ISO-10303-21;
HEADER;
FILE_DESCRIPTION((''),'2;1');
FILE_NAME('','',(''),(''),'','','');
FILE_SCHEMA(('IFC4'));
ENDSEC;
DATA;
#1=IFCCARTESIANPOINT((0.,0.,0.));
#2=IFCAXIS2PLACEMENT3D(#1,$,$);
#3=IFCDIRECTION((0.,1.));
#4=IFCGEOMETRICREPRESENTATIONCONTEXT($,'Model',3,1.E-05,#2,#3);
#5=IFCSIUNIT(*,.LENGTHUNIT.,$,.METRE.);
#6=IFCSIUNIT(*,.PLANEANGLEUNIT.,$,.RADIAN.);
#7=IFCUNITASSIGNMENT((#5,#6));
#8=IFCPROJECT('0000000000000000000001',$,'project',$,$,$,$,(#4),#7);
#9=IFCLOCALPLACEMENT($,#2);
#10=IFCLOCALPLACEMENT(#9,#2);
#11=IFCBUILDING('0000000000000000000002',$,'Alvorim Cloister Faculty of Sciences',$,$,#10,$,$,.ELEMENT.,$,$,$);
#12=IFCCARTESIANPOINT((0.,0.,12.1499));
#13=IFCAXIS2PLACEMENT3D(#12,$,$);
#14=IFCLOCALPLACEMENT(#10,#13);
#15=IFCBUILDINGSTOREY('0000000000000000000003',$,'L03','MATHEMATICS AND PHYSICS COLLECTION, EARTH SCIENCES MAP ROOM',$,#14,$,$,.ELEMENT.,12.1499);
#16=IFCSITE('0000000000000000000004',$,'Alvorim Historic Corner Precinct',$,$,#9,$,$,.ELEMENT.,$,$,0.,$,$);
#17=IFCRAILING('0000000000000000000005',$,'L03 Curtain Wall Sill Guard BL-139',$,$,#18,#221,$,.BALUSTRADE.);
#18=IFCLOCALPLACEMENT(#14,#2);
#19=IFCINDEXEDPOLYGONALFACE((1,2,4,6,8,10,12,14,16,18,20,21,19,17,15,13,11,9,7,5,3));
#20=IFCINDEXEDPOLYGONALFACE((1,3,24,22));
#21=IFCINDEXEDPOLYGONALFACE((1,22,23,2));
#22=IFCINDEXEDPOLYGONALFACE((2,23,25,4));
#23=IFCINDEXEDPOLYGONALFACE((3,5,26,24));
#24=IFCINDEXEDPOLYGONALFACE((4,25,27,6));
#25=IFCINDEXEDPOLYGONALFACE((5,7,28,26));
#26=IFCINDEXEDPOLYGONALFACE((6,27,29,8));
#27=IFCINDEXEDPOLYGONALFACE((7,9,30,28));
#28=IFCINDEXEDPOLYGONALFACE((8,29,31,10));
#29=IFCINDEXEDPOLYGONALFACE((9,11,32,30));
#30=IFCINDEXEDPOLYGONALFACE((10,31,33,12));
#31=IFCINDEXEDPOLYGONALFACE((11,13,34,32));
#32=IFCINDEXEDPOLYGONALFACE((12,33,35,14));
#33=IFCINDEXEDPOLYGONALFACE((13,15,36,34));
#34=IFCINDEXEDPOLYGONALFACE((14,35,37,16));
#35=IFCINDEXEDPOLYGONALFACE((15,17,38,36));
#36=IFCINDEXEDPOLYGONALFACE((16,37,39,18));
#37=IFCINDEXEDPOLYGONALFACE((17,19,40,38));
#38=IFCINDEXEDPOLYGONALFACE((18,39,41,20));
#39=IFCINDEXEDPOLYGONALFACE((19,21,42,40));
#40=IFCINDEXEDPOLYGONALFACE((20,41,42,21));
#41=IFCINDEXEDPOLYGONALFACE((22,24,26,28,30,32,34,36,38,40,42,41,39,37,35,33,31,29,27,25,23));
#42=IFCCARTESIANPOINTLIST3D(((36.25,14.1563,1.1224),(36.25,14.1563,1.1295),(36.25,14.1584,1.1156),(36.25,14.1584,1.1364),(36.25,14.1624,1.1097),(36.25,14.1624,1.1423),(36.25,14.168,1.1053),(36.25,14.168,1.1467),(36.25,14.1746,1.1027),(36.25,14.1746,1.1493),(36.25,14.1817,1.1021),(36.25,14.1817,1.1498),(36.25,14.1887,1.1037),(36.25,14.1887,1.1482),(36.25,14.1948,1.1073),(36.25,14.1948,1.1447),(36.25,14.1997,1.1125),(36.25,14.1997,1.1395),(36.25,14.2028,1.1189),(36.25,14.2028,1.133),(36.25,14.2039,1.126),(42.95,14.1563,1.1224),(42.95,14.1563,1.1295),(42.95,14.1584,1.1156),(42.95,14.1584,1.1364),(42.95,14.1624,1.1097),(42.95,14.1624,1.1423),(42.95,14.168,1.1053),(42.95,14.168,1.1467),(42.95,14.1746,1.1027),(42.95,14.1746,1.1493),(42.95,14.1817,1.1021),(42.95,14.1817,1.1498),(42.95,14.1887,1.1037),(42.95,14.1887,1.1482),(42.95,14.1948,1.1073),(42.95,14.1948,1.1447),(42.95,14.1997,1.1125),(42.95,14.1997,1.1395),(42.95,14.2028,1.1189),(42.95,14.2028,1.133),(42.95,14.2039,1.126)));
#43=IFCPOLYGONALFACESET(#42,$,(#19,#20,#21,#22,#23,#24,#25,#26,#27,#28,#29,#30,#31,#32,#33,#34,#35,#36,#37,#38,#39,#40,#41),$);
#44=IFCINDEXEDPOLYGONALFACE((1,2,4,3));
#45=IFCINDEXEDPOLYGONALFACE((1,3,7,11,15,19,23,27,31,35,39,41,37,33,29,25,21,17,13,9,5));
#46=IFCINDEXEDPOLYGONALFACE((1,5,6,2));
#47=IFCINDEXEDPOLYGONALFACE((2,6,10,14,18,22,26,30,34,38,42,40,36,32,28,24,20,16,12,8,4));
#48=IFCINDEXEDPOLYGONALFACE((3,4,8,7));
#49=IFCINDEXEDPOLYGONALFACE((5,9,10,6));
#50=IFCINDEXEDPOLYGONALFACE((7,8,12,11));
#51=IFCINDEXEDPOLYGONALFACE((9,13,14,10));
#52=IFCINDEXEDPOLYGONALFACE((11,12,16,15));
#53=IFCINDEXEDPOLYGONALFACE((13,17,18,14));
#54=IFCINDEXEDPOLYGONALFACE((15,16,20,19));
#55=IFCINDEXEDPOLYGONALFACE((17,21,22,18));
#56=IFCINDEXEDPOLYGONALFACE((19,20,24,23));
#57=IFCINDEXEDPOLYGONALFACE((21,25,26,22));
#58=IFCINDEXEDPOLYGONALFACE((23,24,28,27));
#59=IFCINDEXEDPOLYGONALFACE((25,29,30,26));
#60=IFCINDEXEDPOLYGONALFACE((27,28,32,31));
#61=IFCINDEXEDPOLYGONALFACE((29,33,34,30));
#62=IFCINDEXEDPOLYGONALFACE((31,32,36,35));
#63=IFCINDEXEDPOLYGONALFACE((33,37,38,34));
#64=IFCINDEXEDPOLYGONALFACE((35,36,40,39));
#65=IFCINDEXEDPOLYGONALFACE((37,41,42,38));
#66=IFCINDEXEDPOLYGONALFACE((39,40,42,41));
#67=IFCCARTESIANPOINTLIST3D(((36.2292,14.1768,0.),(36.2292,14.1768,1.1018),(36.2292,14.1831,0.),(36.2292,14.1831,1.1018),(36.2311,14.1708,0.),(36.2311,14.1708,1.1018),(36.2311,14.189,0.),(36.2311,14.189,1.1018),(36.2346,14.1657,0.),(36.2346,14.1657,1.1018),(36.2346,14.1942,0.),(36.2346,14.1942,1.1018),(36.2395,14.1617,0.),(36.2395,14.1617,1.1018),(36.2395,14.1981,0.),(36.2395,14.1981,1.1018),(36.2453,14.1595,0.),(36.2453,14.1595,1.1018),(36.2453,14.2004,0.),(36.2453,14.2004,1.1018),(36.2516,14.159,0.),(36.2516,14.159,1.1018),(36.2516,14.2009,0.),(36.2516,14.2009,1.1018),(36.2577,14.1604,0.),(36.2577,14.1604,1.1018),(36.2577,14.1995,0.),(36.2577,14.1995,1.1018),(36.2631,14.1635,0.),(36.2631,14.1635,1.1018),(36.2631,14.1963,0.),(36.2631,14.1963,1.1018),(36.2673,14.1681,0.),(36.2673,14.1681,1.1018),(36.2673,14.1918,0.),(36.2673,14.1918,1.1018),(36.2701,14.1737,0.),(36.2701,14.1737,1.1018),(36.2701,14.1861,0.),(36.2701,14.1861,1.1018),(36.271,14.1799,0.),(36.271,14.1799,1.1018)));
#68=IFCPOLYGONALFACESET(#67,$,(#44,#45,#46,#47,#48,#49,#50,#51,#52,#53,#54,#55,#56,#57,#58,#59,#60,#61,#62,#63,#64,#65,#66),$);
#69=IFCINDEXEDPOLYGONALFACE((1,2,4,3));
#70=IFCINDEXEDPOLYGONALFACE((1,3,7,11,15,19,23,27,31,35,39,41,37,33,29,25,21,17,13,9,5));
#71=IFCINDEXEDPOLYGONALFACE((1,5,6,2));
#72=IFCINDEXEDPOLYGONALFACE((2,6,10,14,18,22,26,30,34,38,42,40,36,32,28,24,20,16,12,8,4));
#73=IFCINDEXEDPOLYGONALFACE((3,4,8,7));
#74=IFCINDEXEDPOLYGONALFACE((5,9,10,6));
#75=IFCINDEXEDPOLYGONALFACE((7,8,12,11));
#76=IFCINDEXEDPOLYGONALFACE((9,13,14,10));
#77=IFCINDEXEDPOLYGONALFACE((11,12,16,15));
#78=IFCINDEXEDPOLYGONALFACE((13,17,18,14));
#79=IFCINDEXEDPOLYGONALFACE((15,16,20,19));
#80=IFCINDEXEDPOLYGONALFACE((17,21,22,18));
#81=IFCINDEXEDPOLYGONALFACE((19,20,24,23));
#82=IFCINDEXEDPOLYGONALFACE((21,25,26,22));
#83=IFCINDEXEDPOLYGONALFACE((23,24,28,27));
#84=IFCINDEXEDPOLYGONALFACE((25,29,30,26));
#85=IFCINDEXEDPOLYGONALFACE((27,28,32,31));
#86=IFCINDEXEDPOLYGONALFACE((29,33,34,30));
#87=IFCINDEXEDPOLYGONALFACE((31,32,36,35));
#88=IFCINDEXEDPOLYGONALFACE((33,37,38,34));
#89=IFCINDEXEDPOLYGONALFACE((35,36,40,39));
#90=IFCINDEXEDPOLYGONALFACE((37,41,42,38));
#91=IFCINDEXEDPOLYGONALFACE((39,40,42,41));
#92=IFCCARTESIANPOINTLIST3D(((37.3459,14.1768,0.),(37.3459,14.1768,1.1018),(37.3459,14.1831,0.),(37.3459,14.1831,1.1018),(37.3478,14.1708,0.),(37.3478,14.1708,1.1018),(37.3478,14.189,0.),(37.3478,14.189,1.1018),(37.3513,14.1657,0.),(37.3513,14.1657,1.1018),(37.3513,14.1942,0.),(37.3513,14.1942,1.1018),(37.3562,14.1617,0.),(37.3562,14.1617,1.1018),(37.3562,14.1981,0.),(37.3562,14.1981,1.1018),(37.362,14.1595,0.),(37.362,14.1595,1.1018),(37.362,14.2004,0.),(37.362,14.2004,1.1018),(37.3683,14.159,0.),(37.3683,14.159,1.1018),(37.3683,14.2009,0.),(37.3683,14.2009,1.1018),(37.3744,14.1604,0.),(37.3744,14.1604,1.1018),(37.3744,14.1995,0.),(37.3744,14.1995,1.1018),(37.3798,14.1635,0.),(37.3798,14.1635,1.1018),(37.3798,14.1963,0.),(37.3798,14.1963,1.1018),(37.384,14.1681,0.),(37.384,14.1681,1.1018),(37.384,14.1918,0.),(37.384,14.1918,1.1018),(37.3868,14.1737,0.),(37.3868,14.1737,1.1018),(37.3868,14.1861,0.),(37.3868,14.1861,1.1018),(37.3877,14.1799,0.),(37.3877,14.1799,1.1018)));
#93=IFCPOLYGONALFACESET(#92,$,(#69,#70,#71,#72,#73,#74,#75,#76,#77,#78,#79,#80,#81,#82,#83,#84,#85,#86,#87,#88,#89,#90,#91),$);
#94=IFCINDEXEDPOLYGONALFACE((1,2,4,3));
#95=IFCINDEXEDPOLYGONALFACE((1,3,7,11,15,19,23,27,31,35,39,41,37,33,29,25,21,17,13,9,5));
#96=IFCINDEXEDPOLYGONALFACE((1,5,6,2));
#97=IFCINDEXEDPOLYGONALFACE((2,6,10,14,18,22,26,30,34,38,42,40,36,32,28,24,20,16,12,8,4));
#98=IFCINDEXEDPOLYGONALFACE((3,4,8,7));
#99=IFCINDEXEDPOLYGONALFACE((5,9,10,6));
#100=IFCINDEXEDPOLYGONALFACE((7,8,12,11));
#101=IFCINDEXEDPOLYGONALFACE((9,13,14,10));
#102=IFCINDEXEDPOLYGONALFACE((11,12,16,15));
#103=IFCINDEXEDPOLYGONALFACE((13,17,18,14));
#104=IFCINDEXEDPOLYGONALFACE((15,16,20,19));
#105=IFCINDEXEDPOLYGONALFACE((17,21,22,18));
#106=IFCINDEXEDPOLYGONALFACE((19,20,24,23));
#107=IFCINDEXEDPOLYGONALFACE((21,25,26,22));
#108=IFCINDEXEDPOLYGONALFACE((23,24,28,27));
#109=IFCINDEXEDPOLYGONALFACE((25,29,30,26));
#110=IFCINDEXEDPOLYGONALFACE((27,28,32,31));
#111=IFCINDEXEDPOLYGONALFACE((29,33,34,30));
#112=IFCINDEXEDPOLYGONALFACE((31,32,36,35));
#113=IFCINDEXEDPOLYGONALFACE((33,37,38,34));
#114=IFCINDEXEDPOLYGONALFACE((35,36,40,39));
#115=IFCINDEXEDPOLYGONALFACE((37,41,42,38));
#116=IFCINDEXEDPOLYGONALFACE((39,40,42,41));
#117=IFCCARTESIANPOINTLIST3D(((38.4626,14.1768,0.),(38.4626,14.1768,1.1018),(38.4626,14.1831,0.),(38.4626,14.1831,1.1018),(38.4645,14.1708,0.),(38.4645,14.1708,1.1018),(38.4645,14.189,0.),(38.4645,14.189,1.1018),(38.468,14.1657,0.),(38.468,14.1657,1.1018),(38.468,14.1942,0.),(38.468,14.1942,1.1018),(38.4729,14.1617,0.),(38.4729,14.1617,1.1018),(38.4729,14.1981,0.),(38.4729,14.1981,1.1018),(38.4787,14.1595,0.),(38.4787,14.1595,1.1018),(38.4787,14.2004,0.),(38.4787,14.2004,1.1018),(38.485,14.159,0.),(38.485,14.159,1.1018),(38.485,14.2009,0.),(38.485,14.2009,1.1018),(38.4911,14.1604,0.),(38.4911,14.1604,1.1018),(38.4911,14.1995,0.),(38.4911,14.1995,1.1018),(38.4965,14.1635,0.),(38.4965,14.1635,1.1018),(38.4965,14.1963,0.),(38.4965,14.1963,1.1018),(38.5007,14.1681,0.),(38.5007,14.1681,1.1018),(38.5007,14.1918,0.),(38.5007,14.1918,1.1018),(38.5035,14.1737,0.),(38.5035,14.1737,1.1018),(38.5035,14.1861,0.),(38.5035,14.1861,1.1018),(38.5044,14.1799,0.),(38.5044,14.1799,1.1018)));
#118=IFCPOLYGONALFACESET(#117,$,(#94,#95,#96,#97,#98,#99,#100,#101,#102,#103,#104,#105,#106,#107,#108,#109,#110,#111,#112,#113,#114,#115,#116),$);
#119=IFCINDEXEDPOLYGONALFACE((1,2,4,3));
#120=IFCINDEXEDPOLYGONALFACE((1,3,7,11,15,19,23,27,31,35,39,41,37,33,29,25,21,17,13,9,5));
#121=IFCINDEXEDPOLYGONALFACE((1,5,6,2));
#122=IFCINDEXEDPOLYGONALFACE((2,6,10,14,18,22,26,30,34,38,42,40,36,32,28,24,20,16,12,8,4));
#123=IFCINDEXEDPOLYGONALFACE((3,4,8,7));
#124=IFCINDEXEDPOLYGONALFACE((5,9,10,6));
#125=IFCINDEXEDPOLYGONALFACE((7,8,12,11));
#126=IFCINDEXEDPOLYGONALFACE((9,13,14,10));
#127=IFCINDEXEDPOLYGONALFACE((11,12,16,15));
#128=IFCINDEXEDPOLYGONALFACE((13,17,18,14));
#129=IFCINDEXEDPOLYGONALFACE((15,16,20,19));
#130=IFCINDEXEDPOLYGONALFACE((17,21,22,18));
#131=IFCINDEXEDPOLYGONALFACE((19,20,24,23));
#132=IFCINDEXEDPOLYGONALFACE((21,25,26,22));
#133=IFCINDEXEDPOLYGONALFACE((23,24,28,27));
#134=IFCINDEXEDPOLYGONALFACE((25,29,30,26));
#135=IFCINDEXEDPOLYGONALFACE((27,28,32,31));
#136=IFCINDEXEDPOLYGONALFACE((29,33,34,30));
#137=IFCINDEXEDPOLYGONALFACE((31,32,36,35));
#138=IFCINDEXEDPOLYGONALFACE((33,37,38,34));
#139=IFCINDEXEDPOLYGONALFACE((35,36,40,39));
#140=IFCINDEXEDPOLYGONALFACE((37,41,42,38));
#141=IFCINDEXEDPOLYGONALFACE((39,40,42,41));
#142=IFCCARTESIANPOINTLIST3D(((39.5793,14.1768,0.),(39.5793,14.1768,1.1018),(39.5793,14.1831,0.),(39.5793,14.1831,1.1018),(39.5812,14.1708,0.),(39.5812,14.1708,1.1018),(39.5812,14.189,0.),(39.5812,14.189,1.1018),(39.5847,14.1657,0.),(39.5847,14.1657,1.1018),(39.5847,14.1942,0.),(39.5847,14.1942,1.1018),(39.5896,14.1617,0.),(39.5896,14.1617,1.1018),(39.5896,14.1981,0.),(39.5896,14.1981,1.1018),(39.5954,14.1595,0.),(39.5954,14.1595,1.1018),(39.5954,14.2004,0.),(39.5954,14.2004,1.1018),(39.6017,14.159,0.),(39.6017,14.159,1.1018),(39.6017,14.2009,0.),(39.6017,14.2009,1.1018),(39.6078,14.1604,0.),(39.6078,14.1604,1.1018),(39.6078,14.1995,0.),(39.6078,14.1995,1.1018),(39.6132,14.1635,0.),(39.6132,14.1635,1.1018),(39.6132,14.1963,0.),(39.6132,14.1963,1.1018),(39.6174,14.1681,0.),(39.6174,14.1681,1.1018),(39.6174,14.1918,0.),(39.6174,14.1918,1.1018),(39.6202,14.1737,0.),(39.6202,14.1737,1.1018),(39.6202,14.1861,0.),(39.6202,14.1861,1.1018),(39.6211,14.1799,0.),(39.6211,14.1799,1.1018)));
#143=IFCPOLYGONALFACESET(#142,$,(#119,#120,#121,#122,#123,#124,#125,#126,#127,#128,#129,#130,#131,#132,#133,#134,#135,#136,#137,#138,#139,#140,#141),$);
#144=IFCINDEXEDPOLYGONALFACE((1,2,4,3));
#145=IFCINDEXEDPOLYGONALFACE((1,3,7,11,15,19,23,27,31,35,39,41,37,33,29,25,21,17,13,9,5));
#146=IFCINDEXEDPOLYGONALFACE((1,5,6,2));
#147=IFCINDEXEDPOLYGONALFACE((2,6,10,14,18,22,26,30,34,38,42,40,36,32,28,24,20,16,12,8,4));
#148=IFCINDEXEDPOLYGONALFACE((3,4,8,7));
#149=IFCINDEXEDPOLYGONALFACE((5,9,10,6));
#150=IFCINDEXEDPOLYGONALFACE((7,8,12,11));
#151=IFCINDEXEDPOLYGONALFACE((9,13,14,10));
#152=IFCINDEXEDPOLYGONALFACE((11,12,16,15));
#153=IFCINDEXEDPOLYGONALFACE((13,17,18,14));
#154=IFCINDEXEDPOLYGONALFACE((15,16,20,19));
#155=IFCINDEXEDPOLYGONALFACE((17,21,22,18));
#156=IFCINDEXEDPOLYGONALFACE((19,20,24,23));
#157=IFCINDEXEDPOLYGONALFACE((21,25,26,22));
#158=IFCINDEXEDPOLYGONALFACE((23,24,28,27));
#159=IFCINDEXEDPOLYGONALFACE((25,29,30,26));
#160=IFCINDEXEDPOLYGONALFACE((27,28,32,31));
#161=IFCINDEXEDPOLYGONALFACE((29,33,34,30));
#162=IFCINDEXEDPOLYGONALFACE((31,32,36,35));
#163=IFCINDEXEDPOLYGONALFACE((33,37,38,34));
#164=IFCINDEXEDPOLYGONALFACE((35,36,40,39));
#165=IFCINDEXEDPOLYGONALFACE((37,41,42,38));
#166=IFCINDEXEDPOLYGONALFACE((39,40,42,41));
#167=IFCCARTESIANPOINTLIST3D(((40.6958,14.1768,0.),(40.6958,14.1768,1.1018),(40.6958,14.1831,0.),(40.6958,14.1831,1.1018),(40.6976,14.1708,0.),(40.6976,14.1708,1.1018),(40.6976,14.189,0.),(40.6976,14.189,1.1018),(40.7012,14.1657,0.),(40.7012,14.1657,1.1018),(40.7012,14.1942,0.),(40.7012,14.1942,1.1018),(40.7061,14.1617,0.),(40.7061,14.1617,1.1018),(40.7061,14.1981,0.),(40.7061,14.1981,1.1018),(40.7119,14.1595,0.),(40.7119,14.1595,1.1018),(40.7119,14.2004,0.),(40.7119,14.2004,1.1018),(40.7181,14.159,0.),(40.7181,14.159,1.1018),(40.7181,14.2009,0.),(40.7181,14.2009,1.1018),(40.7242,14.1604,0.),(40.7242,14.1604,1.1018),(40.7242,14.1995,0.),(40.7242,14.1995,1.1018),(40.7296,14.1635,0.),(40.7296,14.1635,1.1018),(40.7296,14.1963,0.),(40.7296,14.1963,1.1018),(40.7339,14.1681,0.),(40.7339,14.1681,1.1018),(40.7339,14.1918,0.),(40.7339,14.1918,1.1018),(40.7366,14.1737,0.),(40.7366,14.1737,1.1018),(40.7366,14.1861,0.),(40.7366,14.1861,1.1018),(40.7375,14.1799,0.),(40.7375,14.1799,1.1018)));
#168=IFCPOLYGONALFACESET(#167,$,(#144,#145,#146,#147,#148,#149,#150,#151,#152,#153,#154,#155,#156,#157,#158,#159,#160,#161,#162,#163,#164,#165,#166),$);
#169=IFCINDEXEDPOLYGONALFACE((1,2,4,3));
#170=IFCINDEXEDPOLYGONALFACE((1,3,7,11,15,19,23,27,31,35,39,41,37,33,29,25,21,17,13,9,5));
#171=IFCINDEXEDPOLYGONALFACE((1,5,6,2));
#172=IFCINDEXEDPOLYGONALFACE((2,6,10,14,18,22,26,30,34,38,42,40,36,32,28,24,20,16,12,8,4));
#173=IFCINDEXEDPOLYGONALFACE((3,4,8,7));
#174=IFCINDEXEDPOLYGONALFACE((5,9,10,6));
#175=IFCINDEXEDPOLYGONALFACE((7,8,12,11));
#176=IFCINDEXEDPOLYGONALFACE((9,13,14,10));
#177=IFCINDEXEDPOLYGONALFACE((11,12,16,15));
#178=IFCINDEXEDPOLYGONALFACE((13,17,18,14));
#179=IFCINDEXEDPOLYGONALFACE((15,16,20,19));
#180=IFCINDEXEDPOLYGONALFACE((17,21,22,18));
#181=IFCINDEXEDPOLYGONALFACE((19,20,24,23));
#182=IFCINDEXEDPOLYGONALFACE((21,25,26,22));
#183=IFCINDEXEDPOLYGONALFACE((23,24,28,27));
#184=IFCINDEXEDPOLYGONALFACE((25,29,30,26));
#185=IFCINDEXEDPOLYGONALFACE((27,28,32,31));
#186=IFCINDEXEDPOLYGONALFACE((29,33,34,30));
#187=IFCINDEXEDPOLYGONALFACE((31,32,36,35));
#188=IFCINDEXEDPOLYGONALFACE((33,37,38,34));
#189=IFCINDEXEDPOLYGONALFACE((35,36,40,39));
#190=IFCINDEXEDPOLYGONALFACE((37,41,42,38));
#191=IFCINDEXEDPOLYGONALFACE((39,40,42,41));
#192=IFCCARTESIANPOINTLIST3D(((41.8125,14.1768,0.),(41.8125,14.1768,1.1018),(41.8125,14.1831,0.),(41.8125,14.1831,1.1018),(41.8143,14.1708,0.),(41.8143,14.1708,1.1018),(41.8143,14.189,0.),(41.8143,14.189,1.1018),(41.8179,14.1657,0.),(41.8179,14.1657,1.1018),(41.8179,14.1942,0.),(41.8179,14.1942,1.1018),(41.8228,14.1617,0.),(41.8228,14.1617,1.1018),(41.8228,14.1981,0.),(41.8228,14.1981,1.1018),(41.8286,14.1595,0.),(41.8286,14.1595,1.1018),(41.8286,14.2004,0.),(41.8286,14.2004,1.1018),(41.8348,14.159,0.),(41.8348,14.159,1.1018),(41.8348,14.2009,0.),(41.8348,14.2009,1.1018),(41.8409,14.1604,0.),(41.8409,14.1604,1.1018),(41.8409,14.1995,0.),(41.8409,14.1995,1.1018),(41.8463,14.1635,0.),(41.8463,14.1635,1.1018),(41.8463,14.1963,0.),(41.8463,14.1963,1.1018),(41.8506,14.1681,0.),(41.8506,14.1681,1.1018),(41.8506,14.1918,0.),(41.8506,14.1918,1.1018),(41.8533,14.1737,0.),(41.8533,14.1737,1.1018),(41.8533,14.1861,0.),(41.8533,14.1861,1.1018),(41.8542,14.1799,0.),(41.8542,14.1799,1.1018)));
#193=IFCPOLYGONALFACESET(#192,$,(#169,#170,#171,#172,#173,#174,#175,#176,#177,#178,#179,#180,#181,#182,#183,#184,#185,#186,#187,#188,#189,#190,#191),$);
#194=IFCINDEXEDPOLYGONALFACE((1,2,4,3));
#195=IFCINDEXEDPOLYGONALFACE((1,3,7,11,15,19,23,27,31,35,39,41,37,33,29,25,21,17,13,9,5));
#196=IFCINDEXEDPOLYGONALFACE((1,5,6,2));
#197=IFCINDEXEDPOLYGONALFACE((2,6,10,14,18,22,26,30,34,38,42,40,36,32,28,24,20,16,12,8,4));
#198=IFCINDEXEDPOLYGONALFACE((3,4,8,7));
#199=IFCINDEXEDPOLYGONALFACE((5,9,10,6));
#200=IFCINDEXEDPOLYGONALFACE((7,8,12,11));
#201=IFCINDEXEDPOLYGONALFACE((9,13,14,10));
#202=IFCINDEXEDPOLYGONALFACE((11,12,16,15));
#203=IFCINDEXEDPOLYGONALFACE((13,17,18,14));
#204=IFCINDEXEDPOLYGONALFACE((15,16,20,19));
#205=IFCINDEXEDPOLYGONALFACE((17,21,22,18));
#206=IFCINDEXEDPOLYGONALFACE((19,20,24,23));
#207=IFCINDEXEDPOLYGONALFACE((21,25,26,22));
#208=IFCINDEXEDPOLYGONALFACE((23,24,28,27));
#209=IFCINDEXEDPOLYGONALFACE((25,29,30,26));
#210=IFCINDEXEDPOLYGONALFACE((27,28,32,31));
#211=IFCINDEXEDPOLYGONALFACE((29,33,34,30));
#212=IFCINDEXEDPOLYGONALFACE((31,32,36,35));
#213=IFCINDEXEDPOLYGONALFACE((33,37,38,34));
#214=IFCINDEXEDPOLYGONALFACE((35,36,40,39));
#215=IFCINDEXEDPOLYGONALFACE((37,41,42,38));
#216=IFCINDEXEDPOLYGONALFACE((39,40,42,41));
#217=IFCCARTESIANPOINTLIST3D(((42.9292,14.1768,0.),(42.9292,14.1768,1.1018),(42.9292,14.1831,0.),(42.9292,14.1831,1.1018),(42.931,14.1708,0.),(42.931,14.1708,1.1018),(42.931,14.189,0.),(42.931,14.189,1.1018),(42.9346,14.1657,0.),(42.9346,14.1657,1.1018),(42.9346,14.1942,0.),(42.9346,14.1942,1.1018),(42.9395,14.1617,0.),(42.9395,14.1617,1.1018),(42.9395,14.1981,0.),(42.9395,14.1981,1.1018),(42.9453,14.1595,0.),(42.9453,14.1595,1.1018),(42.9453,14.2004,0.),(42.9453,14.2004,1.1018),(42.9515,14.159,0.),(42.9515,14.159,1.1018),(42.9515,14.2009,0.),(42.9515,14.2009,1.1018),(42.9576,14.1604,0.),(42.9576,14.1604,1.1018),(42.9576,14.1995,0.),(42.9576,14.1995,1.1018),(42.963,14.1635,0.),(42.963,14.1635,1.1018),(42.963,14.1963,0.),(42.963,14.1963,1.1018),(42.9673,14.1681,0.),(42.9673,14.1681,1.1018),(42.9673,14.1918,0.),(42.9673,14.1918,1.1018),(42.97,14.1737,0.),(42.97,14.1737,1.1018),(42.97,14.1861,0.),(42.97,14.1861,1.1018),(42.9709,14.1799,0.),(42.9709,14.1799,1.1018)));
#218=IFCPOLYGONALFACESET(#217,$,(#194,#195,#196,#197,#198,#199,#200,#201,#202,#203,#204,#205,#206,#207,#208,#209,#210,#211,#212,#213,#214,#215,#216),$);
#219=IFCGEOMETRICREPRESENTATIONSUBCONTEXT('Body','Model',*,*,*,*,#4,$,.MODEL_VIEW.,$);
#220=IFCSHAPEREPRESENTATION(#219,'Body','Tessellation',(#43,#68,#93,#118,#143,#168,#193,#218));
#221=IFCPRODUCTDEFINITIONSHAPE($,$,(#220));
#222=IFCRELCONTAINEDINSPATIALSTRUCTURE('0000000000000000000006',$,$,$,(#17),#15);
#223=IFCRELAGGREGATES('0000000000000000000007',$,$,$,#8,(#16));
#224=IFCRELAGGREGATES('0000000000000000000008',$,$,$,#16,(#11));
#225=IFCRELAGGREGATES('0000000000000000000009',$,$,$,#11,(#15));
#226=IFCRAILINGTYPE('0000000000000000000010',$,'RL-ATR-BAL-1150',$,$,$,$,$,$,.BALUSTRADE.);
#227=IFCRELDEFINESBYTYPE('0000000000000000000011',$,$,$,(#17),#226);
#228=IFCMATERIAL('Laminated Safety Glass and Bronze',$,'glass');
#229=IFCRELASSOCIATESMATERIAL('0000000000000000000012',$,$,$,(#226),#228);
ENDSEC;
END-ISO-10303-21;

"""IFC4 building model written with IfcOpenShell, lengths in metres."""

from ifc_helpers import new_model, si_unit, direction, frame, origin, origin_2d, place, context, subcontext, project, spatial, circle, extrude, material, type_object, element, save


model = new_model("IFC4")

# Units and contexts
model_context = context("Model", 3, precision=1e-05, world=origin(), true_north=direction((0.0, 1.0)))
body_context = subcontext(model_context, "Body", "Model", "MODEL_VIEW")
ifc_project = project(units=[si_unit("LENGTHUNIT", "METRE"), si_unit("PLANEANGLEUNIT", "RADIAN")], contexts=[model_context])

# Site, building, storey
site_placement = place(None, origin())
site = spatial("IfcSite", under=ifc_project, at=site_placement, Name="Alvorim Historic Corner Precinct", CompositionType="ELEMENT", RefElevation=0.0)
building_placement = place(site_placement, origin())
building = spatial("IfcBuilding", under=site, at=building_placement, Name="Alvorim Cloister Faculty of Sciences", CompositionType="ELEMENT")
storey_placement = place(building_placement, frame((0.0, 0.0, 12.1499)))
storey = spatial("IfcBuildingStorey", under=building, at=storey_placement, Name="L03", Description="MATHEMATICS AND PHYSICS COLLECTION, EARTH SCIENCES MAP ROOM", CompositionType="ELEMENT", Elevation=12.1499)

# Railing
ifc_material_1 = material(Name="Laminated Safety Glass and Bronze", Category="glass")
railing_type = type_object("IfcRailingType", Name="RL-ATR-BAL-1150", PredefinedType="BALUSTRADE", material=ifc_material_1)
railing_placement = place(storey_placement, frame((36.25, 14.1799, 0.0)))
element("IfcRailing", 1, at=railing_placement, inside=storey, type_object=railing_type, Name="L03 Curtain Wall Sill Guard BL-139", PredefinedType="BALUSTRADE", context=body_context, shape_type="SweptSolid", body=[
    extrude(circle(Radius=0.0239, at=origin_2d()), frame((0.0, 0.0, 1.126), z_axis=(1.0, 0.0, 0.0), x_axis=(0.0, 1.0, 0.0)), (0.0, 0.0, 1.0), 6.7),
    extrude(circle(Radius=0.021, at=origin_2d()), origin(), (0.0, 0.0, 1.0), 1.1018),
    extrude(circle(Radius=0.021, at=origin_2d()), frame((1.1167, 0.0, 0.0)), (0.0, 0.0, 1.0), 1.1018),
    extrude(circle(Radius=0.021, at=origin_2d()), frame((2.2334, 0.0, 0.0)), (0.0, 0.0, 1.0), 1.1018),
    extrude(circle(Radius=0.021, at=origin_2d()), frame((3.3501, 0.0, 0.0)), (0.0, 0.0, 1.0), 1.1018),
    extrude(circle(Radius=0.021, at=origin_2d()), frame((4.4666, 0.0, 0.0)), (0.0, 0.0, 1.0), 1.1018),
    extrude(circle(Radius=0.021, at=origin_2d()), frame((5.5833, 0.0, 0.0)), (0.0, 0.0, 1.0), 1.1018),
    extrude(circle(Radius=0.021, at=origin_2d()), frame((6.7, 0.0, 0.0)), (0.0, 0.0, 1.0), 1.1018),
])

save(model, "model.ifc")
